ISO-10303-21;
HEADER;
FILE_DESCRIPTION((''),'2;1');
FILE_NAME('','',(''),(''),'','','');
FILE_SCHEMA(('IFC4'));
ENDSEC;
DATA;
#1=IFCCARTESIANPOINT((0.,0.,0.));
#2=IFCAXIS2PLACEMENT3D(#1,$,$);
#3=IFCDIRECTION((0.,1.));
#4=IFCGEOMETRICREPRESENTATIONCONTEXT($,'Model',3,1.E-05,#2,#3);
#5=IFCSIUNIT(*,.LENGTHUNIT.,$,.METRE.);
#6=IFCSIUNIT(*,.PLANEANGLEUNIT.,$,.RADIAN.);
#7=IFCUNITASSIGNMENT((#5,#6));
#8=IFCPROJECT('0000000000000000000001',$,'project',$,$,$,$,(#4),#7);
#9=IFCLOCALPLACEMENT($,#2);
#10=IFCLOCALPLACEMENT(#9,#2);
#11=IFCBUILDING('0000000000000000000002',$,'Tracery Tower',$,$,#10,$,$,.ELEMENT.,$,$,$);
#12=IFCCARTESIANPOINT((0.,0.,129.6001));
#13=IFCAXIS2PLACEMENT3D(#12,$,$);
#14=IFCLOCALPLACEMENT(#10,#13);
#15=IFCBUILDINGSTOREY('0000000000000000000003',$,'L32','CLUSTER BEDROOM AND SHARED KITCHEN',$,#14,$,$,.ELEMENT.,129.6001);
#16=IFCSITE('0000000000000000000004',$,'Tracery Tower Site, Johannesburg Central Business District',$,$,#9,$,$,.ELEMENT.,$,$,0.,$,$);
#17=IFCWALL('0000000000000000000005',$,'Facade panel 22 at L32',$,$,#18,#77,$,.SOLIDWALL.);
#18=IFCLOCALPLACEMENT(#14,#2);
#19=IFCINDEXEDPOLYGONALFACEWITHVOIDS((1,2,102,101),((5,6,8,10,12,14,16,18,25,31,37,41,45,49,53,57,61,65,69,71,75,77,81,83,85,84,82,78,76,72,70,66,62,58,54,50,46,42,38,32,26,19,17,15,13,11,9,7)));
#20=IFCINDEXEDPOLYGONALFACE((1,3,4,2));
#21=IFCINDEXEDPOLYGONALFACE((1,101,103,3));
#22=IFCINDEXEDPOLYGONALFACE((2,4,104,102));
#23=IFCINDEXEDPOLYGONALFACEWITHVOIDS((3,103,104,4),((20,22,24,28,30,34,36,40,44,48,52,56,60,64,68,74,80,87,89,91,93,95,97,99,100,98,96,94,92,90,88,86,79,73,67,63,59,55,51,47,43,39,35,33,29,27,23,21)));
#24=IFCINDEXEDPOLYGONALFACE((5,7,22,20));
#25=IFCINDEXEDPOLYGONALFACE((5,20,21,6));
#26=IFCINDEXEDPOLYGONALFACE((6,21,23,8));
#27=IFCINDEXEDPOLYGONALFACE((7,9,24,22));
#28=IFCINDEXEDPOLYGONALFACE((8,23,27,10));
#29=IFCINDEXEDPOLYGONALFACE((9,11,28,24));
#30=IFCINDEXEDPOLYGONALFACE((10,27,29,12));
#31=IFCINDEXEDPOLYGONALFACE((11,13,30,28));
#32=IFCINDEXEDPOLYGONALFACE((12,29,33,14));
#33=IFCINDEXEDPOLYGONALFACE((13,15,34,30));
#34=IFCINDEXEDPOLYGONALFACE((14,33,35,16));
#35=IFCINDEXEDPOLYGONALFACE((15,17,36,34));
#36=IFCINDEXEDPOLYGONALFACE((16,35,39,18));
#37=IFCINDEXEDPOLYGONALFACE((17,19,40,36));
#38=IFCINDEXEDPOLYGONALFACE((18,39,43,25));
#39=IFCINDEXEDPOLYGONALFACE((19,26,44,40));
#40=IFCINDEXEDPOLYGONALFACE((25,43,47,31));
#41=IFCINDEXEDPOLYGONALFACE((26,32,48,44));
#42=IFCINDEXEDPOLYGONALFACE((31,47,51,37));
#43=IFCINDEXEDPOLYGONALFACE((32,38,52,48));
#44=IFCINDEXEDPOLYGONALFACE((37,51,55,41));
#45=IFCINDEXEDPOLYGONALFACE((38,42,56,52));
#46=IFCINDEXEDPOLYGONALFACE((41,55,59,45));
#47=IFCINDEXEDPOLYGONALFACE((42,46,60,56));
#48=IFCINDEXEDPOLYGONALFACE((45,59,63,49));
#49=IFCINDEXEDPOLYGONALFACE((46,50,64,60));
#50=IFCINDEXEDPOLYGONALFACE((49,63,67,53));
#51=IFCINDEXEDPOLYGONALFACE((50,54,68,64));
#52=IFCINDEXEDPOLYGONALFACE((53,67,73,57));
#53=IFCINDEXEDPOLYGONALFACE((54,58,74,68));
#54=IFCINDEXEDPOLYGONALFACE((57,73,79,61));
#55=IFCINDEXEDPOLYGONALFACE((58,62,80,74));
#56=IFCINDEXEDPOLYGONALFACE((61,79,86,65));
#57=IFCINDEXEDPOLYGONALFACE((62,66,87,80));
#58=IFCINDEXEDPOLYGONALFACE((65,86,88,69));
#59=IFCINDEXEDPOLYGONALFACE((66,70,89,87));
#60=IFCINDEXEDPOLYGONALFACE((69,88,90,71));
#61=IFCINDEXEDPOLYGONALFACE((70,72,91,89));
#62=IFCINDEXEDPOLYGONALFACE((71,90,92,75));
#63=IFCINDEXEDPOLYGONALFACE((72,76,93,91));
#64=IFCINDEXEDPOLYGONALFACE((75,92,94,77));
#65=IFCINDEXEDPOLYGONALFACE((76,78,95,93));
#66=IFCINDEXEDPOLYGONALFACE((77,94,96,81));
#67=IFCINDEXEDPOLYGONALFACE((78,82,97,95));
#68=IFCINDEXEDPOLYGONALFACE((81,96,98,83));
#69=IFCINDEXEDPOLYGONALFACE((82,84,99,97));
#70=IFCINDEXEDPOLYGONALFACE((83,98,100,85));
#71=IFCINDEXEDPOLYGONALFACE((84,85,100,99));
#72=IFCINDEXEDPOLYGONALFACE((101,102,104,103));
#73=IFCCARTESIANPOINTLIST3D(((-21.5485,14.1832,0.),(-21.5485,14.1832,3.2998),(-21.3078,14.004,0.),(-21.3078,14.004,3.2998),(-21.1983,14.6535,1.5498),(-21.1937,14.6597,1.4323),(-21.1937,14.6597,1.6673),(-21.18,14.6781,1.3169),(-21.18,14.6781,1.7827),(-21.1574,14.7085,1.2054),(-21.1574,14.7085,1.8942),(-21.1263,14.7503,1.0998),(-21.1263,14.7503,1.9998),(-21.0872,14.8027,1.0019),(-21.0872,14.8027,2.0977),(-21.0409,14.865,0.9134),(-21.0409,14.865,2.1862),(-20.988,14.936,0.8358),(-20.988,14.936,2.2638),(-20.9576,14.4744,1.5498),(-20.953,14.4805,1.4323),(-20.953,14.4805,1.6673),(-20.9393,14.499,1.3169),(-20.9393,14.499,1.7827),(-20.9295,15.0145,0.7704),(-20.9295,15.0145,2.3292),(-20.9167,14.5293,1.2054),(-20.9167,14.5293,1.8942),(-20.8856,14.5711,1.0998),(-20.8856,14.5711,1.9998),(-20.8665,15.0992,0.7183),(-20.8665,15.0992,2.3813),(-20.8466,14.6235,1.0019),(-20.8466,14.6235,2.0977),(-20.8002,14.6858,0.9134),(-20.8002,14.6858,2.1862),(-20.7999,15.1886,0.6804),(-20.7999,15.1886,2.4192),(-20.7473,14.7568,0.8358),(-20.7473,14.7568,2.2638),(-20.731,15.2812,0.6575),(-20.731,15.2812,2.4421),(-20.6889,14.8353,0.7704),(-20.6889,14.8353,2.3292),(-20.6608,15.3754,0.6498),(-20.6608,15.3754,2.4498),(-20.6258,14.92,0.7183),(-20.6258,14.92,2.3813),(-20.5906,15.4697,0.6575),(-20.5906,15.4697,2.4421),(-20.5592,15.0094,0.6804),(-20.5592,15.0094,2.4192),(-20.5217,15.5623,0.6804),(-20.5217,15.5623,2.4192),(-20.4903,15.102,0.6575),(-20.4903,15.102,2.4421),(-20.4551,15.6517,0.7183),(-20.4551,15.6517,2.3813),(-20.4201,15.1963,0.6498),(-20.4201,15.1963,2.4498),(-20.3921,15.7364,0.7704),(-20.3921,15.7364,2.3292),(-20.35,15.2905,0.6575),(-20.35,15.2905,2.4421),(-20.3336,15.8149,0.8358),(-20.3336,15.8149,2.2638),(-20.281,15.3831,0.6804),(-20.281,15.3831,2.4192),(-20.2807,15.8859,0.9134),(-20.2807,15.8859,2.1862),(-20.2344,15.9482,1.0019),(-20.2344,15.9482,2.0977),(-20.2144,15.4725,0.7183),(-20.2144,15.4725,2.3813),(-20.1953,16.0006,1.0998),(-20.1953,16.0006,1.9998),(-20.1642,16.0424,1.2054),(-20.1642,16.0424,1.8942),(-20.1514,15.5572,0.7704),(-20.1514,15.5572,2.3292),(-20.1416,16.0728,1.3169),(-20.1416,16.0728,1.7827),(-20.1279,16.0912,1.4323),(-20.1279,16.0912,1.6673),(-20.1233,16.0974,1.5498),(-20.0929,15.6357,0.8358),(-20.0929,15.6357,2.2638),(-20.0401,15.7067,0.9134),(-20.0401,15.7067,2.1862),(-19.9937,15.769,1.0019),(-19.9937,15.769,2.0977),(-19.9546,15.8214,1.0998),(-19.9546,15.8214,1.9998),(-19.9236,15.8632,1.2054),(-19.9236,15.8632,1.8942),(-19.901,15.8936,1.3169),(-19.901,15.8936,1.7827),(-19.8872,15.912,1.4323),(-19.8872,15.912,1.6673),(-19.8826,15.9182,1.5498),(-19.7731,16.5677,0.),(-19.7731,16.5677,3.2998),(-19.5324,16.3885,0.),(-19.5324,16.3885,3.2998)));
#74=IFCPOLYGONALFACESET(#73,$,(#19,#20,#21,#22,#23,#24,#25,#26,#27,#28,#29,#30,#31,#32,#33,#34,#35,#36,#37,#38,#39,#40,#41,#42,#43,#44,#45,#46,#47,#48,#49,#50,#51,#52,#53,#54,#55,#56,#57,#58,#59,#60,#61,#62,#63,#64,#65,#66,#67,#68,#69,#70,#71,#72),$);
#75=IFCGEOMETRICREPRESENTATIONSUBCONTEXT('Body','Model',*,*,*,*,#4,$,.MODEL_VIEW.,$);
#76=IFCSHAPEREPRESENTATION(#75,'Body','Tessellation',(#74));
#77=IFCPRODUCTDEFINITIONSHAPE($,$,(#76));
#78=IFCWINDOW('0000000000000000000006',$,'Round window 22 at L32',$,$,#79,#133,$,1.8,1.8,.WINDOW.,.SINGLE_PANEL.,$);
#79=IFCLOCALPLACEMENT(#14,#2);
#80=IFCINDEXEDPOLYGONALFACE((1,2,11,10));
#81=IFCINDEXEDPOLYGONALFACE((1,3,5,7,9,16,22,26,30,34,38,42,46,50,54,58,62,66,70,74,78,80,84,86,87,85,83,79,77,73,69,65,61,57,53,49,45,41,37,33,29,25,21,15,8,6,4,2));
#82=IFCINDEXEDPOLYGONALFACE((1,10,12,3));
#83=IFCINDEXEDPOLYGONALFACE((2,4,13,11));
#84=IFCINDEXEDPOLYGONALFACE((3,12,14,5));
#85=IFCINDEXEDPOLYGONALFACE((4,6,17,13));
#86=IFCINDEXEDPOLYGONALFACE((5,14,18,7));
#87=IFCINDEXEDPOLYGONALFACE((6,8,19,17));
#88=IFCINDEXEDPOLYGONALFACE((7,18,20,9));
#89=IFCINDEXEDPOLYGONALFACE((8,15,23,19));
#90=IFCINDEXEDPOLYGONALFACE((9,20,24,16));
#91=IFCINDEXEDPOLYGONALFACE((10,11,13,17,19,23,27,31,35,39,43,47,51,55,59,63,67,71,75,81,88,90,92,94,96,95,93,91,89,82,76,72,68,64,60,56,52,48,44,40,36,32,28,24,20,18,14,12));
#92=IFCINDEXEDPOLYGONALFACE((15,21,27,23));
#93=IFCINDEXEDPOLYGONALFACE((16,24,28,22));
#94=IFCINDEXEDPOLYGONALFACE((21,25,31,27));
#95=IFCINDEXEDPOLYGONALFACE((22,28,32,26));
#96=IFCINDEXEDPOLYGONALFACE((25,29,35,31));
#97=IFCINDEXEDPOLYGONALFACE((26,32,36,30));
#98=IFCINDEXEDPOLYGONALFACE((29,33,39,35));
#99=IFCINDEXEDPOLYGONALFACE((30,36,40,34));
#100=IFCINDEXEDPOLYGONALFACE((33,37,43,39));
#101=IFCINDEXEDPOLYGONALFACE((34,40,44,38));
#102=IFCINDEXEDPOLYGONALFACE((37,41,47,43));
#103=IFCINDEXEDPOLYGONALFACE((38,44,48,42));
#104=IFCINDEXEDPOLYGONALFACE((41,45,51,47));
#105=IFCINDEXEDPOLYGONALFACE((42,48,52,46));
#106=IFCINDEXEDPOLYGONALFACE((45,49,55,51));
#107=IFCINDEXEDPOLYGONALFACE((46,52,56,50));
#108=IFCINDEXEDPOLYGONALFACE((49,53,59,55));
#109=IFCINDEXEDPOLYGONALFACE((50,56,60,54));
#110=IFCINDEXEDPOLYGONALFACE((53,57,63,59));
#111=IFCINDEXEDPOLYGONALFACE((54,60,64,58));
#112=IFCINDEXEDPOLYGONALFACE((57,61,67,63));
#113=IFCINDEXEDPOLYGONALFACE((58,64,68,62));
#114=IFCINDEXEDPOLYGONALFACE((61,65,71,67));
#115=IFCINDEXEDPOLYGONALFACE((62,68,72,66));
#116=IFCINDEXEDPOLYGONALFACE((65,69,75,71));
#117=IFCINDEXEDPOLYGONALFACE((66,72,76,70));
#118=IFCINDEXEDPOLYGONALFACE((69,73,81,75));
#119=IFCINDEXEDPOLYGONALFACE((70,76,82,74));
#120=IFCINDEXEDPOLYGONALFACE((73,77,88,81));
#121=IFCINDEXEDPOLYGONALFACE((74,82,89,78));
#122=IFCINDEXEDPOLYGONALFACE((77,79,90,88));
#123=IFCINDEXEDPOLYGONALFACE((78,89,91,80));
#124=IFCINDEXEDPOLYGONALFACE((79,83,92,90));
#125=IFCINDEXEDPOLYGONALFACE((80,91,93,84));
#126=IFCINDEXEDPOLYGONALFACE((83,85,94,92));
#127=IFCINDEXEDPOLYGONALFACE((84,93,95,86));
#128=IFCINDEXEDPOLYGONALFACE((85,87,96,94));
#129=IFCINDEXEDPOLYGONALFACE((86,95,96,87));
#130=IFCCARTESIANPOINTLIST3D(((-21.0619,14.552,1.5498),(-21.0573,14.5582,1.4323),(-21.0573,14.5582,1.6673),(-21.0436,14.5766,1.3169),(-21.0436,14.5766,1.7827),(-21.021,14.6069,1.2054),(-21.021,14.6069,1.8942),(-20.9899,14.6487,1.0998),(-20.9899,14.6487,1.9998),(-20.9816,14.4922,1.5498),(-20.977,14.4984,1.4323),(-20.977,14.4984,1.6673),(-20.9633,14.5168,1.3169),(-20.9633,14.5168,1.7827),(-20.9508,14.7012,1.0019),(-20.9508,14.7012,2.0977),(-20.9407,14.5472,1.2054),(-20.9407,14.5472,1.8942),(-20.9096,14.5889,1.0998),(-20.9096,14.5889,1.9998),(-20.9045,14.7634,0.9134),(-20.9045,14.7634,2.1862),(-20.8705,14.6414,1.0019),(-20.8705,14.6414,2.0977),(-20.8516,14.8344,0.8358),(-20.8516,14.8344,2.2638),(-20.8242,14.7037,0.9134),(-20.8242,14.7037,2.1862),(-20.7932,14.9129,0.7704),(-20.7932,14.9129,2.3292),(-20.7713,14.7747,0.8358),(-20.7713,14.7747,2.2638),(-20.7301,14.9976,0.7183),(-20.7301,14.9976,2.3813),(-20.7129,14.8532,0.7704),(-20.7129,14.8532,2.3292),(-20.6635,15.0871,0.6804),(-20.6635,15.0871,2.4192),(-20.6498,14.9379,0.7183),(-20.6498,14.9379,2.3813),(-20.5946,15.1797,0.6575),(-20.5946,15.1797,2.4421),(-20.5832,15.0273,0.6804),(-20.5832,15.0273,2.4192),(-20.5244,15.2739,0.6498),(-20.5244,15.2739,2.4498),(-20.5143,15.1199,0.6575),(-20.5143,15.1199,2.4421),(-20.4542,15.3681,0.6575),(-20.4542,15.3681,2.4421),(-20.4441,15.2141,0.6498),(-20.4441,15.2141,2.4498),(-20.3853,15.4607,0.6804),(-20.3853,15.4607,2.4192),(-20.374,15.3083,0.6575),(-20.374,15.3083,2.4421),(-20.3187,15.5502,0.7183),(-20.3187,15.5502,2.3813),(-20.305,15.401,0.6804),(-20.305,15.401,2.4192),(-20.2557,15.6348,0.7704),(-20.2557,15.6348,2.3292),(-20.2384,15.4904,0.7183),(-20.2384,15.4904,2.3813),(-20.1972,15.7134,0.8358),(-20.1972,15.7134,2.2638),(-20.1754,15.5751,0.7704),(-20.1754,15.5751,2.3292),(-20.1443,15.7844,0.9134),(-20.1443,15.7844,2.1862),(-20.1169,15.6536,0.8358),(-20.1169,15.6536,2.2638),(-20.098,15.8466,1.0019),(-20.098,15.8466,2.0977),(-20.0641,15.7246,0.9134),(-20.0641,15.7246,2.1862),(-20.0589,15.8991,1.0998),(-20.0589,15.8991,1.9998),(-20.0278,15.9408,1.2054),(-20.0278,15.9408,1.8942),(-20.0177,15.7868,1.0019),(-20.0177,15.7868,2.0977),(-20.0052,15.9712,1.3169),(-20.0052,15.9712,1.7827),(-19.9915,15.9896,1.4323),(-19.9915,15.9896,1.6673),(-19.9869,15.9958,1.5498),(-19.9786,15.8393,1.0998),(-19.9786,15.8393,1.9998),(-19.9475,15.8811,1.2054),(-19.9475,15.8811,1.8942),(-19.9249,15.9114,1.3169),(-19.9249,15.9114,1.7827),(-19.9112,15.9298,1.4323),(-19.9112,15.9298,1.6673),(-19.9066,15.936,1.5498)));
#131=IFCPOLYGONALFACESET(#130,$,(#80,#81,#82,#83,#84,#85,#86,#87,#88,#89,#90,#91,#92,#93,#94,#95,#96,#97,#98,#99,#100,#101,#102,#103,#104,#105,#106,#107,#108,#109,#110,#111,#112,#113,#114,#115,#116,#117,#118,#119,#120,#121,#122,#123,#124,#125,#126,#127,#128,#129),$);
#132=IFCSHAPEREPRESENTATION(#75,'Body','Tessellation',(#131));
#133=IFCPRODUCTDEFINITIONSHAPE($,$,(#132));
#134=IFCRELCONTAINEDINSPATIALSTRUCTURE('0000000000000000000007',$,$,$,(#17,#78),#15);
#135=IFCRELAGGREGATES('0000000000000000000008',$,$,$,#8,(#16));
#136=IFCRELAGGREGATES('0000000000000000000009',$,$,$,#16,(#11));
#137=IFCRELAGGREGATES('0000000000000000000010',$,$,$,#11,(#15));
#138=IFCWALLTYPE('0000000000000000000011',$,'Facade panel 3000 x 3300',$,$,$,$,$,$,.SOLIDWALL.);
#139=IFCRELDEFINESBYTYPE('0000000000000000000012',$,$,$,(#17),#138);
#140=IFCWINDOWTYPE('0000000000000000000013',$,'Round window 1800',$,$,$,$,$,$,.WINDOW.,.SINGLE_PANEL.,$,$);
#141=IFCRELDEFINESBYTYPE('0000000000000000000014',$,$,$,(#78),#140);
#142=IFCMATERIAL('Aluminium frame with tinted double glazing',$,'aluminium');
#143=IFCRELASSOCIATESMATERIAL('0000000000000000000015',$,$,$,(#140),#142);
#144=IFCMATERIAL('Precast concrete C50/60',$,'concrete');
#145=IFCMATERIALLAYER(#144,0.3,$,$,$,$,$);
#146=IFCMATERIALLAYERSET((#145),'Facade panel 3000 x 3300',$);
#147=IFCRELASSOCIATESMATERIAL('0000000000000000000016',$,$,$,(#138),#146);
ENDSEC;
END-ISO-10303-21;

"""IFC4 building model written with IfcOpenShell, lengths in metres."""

from ifc_helpers import new_model, si_unit, direction, frame, frame_2d, origin, origin_2d, place, context, subcontext, project, spatial, rectangle, circle, extrude, material, layer, layer_set, type_object, element, fill, save


model = new_model("IFC4")

# Units and contexts
model_context = context("Model", 3, precision=1e-05, world=origin(), true_north=direction((0.0, 1.0)))
body_context = subcontext(model_context, "Body", "Model", "MODEL_VIEW")
ifc_project = project(units=[si_unit("LENGTHUNIT", "METRE"), si_unit("PLANEANGLEUNIT", "RADIAN")], contexts=[model_context])

# Site, building, storey
site_placement = place(None, origin())
site = spatial("IfcSite", under=ifc_project, at=site_placement, Name="Tracery Tower Site, Johannesburg Central Business District", CompositionType="ELEMENT", RefElevation=0.0)
building_placement = place(site_placement, origin())
building = spatial("IfcBuilding", under=site, at=building_placement, Name="Tracery Tower", CompositionType="ELEMENT")
storey_placement = place(building_placement, frame((0.0, 0.0, 129.6001)))
storey = spatial("IfcBuildingStorey", under=building, at=storey_placement, Name="L32", Description="CLUSTER BEDROOM AND SHARED KITCHEN", CompositionType="ELEMENT", Elevation=129.6001)

# Wall, opening, window
ifc_material_1 = material(Name="Aluminium frame with tinted double glazing", Category="aluminium")
window_type = type_object("IfcWindowType", Name="Round window 1800", PartitioningType="SINGLE_PANEL", PredefinedType="WINDOW", material=ifc_material_1)
ifc_material_2 = material(Name="Precast concrete C50/60", Category="concrete")
ifc_layer_1 = layer(ifc_material_2, 0.3)
ifc_layer_set_1 = layer_set([ifc_layer_1], Name="Facade panel 3000 x 3300")
wall_type_1 = type_object("IfcWallType", Name="Facade panel 3000 x 3300", PredefinedType="SOLIDWALL", material=ifc_layer_set_1)
wall_1_placement = place(storey_placement, frame((-19.6528, 16.478, 0.0), z_axis=(0.0, 0.0, 1.0), x_axis=(-0.597198, -0.802094, 0.0)))
wall_1 = element("IfcWall", 1, at=wall_1_placement, inside=storey, type_object=wall_type_1, Name="Facade panel 22 at L32", PredefinedType="SOLIDWALL", context=body_context, shape_type="SweptSolid", body=[
    extrude(rectangle(XDim=2.9729, YDim=0.3, at=frame_2d((1.4863, 0.0))), origin(), (0.0, 0.0, 1.0), 3.2998),
])
opening_1_placement = place(wall_1_placement, frame((1.4863, 0.0, 1.5498)))
opening_1 = element("IfcOpeningElement", 2, at=opening_1_placement, cuts=wall_1, PredefinedType="OPENING", context=body_context, shape_type="SweptSolid", body=[
    extrude(circle(Radius=0.9, at=origin_2d()), frame((0.0, 0.1599, 0.0), z_axis=(0.0, -1.0, 0.0), x_axis=(1.0, 0.0, 0.0)), (0.0, 0.0, 1.0), 0.3201),
])
window_1_placement = place(opening_1_placement, origin())
window_1 = element("IfcWindow", 3, at=window_1_placement, inside=storey, type_object=window_type, Name="Round window 22 at L32", OverallHeight=1.8, OverallWidth=1.8, PartitioningType="SINGLE_PANEL", PredefinedType="WINDOW", context=body_context, shape_type="SweptSolid", body=[
    extrude(circle(Radius=0.9, at=origin_2d()), frame((0.0, 0.1201, 0.0), z_axis=(0.0, -1.0, 0.0), x_axis=(1.0, 0.0, 0.0)), (0.0, 0.0, 1.0), 0.1001),
])
fill(opening_1, window_1)

save(model, "model.ifc")
